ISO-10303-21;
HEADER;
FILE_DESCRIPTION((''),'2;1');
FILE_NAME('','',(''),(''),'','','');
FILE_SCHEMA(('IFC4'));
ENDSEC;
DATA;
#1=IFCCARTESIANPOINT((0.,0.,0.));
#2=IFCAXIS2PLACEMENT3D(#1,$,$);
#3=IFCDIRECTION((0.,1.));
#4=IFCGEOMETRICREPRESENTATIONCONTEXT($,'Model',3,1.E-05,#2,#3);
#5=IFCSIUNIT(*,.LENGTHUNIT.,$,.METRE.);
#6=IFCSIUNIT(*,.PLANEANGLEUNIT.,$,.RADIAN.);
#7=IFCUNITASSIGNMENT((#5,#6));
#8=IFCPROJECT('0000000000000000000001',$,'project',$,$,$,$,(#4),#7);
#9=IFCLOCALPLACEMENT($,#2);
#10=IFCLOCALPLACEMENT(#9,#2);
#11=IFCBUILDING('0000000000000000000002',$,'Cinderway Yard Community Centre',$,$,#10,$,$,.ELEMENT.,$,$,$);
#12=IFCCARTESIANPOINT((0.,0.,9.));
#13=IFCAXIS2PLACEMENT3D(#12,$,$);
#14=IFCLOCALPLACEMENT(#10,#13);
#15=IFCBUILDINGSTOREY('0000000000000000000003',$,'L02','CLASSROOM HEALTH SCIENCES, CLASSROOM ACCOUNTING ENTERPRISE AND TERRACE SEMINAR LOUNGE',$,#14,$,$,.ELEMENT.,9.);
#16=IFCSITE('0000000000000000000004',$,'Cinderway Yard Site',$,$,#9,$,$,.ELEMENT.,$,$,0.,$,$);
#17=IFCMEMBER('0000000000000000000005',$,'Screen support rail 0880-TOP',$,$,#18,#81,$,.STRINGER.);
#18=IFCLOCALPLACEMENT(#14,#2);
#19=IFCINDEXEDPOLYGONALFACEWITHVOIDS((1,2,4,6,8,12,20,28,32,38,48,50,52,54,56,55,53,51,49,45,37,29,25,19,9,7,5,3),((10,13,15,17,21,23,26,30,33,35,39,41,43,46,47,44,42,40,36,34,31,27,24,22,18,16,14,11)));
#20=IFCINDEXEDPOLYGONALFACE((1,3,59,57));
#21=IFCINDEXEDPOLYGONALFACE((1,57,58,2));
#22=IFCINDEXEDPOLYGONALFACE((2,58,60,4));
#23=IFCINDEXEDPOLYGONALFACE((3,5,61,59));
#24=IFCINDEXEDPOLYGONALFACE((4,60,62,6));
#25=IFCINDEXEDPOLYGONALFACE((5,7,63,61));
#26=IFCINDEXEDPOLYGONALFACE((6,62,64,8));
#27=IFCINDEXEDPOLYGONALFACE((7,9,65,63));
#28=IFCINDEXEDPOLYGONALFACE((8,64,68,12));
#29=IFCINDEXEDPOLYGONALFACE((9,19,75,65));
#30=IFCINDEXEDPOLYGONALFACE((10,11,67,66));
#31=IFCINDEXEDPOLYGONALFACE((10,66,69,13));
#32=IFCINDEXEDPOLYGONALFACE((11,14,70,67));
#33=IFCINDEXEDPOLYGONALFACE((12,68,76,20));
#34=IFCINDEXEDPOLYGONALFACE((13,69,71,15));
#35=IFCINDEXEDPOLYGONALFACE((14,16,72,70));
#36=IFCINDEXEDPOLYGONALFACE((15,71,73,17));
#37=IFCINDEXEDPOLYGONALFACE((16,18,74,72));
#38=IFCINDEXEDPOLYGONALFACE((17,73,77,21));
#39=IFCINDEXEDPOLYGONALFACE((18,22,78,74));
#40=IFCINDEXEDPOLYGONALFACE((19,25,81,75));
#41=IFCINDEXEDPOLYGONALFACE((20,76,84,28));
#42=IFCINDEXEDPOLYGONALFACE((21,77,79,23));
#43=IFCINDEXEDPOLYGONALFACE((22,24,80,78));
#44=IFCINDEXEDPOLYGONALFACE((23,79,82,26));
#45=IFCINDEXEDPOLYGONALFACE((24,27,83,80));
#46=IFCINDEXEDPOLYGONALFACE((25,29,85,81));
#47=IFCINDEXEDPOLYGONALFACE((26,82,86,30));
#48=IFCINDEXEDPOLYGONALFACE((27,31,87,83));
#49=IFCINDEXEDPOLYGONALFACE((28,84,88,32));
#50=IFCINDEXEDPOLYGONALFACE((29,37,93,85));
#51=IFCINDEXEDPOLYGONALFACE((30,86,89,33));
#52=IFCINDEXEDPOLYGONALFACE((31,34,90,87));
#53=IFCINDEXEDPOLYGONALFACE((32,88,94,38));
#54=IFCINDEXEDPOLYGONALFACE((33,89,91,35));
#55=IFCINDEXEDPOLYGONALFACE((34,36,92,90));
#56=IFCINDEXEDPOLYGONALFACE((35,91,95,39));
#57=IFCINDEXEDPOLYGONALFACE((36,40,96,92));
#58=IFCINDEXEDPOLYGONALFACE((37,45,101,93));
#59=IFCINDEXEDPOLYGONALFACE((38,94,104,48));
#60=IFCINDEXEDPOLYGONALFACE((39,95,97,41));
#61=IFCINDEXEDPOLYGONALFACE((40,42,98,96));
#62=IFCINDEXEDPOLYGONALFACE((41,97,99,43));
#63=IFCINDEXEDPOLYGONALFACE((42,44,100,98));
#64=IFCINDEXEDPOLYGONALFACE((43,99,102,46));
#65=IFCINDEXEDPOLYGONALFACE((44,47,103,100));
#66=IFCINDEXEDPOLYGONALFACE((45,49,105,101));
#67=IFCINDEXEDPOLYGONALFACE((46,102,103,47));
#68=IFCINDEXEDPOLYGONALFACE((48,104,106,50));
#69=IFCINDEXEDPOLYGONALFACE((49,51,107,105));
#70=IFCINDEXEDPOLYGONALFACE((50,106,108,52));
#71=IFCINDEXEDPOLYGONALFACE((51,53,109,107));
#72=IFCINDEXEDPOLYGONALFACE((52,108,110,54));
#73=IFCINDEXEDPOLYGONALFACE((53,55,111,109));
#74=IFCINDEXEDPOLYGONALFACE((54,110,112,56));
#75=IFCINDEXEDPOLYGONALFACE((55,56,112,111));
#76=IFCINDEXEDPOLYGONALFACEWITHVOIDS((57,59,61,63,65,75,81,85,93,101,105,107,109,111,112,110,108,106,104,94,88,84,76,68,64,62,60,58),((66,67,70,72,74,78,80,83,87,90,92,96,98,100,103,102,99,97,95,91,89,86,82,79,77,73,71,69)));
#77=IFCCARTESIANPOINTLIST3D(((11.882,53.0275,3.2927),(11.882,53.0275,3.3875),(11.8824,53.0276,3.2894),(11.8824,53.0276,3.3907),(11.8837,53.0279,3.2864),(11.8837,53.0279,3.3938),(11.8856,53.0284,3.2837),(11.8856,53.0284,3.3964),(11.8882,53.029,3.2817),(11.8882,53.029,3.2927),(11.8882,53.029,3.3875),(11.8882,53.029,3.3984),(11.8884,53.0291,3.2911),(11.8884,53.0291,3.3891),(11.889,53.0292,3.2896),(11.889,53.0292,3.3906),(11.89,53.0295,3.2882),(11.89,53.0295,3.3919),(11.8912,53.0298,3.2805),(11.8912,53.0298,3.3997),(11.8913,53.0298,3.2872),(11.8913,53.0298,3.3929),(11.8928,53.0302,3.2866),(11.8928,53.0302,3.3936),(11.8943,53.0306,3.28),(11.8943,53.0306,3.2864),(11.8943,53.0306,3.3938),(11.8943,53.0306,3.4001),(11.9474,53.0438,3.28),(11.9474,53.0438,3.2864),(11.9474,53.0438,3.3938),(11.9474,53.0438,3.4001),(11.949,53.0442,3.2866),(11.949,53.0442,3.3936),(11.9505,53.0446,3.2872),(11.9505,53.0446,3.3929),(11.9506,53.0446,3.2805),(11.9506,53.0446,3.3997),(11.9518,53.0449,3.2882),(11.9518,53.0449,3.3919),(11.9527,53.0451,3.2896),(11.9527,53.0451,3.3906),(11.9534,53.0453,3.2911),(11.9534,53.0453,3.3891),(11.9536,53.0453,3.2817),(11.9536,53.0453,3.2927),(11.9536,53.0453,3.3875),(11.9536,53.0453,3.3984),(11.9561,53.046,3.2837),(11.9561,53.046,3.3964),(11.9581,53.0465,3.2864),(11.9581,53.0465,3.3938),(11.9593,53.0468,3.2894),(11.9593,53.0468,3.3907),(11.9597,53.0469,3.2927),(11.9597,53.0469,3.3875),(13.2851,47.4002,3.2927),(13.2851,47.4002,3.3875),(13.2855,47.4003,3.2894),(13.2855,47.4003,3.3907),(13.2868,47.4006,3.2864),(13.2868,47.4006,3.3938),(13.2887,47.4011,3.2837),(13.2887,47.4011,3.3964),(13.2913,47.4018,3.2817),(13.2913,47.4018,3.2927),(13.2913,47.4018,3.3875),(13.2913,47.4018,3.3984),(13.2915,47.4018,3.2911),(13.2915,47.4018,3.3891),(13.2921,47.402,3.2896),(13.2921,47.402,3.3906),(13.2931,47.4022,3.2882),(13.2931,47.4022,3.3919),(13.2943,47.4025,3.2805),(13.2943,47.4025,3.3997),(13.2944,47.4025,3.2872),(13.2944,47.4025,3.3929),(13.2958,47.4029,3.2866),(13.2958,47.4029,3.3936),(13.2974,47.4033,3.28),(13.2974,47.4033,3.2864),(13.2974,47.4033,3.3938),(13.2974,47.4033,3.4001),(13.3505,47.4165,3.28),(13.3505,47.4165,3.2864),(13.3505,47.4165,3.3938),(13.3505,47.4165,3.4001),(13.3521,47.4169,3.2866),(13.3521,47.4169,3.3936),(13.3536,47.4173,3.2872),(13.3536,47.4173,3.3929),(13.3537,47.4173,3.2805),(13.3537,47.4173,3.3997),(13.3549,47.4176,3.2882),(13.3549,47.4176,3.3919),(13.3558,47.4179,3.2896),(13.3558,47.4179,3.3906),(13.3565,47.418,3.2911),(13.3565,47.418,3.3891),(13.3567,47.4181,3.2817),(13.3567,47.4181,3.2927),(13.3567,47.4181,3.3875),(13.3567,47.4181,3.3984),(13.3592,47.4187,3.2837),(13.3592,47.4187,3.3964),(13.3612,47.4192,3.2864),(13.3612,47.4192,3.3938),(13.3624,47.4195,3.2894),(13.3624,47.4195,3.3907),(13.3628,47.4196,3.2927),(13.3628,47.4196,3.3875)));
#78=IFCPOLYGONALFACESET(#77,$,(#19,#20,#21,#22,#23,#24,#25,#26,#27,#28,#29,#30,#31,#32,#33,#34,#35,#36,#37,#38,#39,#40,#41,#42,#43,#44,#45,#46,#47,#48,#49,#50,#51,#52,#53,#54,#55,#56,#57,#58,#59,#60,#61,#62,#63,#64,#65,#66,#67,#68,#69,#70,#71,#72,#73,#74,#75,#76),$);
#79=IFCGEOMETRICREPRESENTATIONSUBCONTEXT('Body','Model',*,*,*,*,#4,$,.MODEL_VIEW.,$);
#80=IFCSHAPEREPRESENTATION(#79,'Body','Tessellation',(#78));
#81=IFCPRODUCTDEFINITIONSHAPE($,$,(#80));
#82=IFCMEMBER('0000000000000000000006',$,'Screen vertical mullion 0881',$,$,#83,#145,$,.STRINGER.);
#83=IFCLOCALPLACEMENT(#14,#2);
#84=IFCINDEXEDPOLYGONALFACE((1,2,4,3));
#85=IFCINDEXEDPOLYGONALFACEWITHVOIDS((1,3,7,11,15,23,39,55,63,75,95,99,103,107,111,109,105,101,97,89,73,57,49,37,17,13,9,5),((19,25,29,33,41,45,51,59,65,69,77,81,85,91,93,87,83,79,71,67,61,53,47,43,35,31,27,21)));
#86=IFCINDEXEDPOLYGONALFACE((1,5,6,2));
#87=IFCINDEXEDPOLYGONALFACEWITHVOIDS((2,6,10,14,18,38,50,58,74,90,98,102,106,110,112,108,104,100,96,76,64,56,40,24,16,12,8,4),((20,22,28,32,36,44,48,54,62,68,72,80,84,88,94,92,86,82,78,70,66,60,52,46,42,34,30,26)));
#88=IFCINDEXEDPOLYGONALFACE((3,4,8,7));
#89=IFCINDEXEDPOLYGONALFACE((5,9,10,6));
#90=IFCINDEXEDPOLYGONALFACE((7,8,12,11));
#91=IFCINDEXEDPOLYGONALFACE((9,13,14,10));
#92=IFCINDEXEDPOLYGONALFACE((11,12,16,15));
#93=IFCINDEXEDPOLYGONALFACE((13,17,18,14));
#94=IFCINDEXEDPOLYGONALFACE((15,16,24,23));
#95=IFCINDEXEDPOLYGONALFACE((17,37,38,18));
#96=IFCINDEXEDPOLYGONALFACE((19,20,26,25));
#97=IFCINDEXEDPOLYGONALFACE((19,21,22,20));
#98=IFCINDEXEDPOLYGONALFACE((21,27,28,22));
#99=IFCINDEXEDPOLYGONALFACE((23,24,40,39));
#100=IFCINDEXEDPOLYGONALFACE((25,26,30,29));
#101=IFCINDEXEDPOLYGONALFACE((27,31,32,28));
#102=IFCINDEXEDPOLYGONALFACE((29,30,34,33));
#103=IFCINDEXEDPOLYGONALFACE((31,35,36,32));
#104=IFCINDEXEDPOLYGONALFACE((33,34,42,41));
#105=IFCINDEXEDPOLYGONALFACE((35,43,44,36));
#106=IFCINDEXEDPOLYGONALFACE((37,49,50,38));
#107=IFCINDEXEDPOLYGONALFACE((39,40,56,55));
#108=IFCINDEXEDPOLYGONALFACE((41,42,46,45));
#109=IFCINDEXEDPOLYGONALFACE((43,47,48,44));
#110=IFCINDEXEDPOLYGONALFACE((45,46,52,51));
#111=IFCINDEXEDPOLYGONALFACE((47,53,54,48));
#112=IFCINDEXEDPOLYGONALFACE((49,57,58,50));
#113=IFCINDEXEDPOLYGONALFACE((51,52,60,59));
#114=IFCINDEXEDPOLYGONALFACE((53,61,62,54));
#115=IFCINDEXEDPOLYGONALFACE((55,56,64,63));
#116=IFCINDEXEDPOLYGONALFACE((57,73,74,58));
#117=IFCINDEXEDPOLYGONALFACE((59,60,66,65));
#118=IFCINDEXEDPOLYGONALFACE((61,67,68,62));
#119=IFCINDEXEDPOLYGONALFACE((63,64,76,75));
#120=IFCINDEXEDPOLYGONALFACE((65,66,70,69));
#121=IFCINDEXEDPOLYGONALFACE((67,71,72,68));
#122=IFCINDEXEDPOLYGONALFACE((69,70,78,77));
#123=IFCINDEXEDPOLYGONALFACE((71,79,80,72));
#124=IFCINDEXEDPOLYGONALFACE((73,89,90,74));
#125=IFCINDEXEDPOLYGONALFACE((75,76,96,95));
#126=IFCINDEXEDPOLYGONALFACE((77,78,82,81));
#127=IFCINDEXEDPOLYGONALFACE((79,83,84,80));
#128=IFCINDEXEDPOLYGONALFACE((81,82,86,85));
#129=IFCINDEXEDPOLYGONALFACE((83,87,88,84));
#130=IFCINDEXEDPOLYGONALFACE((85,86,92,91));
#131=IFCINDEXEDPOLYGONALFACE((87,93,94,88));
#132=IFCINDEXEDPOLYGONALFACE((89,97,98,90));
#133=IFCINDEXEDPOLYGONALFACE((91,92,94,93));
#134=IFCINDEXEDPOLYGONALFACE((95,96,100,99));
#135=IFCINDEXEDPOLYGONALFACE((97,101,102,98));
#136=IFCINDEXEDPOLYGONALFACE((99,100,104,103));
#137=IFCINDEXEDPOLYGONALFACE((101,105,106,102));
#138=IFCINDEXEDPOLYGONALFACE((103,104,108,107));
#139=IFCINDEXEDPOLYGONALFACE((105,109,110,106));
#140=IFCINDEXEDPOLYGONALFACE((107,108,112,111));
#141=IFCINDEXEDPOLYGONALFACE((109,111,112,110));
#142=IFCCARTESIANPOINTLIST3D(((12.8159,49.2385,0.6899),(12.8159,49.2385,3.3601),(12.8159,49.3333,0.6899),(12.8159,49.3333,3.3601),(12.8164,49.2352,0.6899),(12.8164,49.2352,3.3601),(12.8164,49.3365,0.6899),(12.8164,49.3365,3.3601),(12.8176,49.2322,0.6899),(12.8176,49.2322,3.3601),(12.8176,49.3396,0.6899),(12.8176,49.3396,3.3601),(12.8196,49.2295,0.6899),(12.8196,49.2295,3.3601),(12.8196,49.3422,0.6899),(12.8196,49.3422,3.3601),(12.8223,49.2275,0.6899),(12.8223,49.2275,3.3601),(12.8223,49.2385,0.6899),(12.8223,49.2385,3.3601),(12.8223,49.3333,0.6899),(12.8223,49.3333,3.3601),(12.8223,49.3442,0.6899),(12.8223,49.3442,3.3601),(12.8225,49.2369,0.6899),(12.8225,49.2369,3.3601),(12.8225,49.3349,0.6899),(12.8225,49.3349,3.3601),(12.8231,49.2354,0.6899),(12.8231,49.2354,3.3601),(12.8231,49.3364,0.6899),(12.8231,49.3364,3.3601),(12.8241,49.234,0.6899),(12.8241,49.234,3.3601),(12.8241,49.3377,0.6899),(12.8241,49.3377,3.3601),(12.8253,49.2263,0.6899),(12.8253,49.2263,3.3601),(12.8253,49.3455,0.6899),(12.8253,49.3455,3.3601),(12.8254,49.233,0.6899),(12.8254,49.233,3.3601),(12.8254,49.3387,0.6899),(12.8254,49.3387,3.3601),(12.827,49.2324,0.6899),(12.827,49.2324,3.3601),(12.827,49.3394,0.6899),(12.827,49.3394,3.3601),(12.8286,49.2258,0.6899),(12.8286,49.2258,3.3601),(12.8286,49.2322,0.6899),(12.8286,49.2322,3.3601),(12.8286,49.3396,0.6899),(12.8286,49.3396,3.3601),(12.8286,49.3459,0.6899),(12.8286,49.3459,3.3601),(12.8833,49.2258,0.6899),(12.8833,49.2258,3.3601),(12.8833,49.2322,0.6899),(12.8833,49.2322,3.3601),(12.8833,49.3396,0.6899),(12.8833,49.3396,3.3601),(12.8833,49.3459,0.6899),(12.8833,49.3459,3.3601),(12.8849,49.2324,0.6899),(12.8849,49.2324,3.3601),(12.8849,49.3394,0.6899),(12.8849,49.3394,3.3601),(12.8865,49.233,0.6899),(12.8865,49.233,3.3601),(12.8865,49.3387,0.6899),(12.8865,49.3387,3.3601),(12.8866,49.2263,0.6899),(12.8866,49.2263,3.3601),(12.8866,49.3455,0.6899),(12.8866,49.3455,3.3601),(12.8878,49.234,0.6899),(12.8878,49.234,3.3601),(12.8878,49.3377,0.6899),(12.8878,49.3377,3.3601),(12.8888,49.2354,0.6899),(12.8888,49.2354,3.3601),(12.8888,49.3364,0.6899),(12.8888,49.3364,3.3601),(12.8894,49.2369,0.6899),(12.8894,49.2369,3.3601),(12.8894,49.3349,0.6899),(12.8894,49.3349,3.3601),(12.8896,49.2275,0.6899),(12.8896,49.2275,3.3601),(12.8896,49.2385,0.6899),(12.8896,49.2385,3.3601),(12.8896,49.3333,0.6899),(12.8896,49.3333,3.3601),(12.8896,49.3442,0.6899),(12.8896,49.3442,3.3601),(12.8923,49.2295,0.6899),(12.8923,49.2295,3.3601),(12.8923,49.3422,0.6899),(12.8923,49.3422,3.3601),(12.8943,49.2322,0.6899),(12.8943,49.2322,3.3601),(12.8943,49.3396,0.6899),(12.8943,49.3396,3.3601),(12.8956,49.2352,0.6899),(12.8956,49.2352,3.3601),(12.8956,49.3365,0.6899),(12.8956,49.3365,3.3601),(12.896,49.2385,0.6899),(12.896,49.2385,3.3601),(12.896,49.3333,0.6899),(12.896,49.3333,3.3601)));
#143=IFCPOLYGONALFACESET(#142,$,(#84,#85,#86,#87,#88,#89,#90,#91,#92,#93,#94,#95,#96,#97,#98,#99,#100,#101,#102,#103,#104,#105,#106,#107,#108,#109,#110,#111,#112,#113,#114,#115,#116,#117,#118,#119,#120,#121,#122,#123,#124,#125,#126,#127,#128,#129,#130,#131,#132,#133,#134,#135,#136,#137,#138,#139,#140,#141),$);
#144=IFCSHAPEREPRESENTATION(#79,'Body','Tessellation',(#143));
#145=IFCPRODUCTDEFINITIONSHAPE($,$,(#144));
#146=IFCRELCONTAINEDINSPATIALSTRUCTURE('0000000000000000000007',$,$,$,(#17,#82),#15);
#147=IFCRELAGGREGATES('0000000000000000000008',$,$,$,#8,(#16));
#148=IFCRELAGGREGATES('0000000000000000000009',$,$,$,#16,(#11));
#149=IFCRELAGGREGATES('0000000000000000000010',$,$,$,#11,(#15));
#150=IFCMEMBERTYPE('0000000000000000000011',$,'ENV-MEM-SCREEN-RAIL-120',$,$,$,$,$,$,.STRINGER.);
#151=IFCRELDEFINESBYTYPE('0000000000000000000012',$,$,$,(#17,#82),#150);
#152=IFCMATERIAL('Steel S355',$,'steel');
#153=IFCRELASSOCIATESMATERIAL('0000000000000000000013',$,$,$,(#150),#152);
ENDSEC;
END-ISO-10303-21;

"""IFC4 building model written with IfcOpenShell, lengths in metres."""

from ifc_helpers import new_model, si_unit, direction, frame, origin, origin_2d, place, context, subcontext, project, spatial, hollow_rectangle, extrude, material, material_profile, profile_set, type_object, element, save


model = new_model("IFC4")

# Units and contexts
model_context = context("Model", 3, precision=1e-05, world=origin(), true_north=direction((0.0, 1.0)))
body_context = subcontext(model_context, "Body", "Model", "MODEL_VIEW")
ifc_project = project(units=[si_unit("LENGTHUNIT", "METRE"), si_unit("PLANEANGLEUNIT", "RADIAN")], contexts=[model_context])

# Site, building, storey
site_placement = place(None, origin())
site = spatial("IfcSite", under=ifc_project, at=site_placement, Name="Cinderway Yard Site", CompositionType="ELEMENT", RefElevation=0.0)
building_placement = place(site_placement, origin())
building = spatial("IfcBuilding", under=site, at=building_placement, Name="Cinderway Yard Community Centre", CompositionType="ELEMENT")
storey_placement = place(building_placement, frame((0.0, 0.0, 9.0)))
storey = spatial("IfcBuildingStorey", under=building, at=storey_placement, Name="L02", Description="CLASSROOM HEALTH SCIENCES, CLASSROOM ACCOUNTING ENTERPRISE AND TERRACE SEMINAR LOUNGE", CompositionType="ELEMENT", Elevation=9.0)

# Members
ifc_material_1 = material(Name="Steel S355", Category="steel")
ifc_material_profile_1 = material_profile(ifc_material_1, hollow_rectangle(XDim=0.0801, YDim=0.1201, WallThickness=0.0063, InnerFilletRadius=0.0063, OuterFilletRadius=0.0127, at=origin_2d()), Name="Steel S355")
ifc_profile_set_1 = profile_set([ifc_material_profile_1], Name="Steel S355")
member_type_1 = type_object("IfcMemberType", Name="ENV-MEM-SCREEN-RAIL-120", PredefinedType="STRINGER", material=ifc_profile_set_1)
for number, where, z_axis, x_axis, name in (
    (1, (13.324, 47.4099, 3.3401), (-0.241931, 0.970293, 0.0), (-0.970293, -0.241931, 0.0), "Screen support rail 0880-TOP"),
):
    element("IfcMember", number, at=place(storey_placement, frame(where, z_axis=z_axis, x_axis=x_axis)), inside=storey, type_object=member_type_1, Name=name, PredefinedType="STRINGER", context=body_context, shape_type="SweptSolid", body=[
        extrude(hollow_rectangle(XDim=0.0801, YDim=0.1201, WallThickness=0.0063, InnerFilletRadius=0.0063, OuterFilletRadius=0.0127, at=origin_2d()), origin(), (0.0, 0.0, 1.0), 5.7996),
    ])
for number, where, z_axis, x_axis, name in (
    (2, (12.856, 49.2859, 0.6899), (0.0, 0.0, 1.0), (1.0, 0.0, 0.0), "Screen vertical mullion 0881"),
):
    element("IfcMember", number, at=place(storey_placement, frame(where, z_axis=z_axis, x_axis=x_axis)), inside=storey, type_object=member_type_1, Name=name, PredefinedType="STRINGER", context=body_context, shape_type="SweptSolid", body=[
        extrude(hollow_rectangle(XDim=0.0801, YDim=0.1201, WallThickness=0.0063, InnerFilletRadius=0.0063, OuterFilletRadius=0.0127, at=origin_2d()), origin(), (0.0, 0.0, 1.0), 2.6702),
    ])

save(model, "model.ifc")
